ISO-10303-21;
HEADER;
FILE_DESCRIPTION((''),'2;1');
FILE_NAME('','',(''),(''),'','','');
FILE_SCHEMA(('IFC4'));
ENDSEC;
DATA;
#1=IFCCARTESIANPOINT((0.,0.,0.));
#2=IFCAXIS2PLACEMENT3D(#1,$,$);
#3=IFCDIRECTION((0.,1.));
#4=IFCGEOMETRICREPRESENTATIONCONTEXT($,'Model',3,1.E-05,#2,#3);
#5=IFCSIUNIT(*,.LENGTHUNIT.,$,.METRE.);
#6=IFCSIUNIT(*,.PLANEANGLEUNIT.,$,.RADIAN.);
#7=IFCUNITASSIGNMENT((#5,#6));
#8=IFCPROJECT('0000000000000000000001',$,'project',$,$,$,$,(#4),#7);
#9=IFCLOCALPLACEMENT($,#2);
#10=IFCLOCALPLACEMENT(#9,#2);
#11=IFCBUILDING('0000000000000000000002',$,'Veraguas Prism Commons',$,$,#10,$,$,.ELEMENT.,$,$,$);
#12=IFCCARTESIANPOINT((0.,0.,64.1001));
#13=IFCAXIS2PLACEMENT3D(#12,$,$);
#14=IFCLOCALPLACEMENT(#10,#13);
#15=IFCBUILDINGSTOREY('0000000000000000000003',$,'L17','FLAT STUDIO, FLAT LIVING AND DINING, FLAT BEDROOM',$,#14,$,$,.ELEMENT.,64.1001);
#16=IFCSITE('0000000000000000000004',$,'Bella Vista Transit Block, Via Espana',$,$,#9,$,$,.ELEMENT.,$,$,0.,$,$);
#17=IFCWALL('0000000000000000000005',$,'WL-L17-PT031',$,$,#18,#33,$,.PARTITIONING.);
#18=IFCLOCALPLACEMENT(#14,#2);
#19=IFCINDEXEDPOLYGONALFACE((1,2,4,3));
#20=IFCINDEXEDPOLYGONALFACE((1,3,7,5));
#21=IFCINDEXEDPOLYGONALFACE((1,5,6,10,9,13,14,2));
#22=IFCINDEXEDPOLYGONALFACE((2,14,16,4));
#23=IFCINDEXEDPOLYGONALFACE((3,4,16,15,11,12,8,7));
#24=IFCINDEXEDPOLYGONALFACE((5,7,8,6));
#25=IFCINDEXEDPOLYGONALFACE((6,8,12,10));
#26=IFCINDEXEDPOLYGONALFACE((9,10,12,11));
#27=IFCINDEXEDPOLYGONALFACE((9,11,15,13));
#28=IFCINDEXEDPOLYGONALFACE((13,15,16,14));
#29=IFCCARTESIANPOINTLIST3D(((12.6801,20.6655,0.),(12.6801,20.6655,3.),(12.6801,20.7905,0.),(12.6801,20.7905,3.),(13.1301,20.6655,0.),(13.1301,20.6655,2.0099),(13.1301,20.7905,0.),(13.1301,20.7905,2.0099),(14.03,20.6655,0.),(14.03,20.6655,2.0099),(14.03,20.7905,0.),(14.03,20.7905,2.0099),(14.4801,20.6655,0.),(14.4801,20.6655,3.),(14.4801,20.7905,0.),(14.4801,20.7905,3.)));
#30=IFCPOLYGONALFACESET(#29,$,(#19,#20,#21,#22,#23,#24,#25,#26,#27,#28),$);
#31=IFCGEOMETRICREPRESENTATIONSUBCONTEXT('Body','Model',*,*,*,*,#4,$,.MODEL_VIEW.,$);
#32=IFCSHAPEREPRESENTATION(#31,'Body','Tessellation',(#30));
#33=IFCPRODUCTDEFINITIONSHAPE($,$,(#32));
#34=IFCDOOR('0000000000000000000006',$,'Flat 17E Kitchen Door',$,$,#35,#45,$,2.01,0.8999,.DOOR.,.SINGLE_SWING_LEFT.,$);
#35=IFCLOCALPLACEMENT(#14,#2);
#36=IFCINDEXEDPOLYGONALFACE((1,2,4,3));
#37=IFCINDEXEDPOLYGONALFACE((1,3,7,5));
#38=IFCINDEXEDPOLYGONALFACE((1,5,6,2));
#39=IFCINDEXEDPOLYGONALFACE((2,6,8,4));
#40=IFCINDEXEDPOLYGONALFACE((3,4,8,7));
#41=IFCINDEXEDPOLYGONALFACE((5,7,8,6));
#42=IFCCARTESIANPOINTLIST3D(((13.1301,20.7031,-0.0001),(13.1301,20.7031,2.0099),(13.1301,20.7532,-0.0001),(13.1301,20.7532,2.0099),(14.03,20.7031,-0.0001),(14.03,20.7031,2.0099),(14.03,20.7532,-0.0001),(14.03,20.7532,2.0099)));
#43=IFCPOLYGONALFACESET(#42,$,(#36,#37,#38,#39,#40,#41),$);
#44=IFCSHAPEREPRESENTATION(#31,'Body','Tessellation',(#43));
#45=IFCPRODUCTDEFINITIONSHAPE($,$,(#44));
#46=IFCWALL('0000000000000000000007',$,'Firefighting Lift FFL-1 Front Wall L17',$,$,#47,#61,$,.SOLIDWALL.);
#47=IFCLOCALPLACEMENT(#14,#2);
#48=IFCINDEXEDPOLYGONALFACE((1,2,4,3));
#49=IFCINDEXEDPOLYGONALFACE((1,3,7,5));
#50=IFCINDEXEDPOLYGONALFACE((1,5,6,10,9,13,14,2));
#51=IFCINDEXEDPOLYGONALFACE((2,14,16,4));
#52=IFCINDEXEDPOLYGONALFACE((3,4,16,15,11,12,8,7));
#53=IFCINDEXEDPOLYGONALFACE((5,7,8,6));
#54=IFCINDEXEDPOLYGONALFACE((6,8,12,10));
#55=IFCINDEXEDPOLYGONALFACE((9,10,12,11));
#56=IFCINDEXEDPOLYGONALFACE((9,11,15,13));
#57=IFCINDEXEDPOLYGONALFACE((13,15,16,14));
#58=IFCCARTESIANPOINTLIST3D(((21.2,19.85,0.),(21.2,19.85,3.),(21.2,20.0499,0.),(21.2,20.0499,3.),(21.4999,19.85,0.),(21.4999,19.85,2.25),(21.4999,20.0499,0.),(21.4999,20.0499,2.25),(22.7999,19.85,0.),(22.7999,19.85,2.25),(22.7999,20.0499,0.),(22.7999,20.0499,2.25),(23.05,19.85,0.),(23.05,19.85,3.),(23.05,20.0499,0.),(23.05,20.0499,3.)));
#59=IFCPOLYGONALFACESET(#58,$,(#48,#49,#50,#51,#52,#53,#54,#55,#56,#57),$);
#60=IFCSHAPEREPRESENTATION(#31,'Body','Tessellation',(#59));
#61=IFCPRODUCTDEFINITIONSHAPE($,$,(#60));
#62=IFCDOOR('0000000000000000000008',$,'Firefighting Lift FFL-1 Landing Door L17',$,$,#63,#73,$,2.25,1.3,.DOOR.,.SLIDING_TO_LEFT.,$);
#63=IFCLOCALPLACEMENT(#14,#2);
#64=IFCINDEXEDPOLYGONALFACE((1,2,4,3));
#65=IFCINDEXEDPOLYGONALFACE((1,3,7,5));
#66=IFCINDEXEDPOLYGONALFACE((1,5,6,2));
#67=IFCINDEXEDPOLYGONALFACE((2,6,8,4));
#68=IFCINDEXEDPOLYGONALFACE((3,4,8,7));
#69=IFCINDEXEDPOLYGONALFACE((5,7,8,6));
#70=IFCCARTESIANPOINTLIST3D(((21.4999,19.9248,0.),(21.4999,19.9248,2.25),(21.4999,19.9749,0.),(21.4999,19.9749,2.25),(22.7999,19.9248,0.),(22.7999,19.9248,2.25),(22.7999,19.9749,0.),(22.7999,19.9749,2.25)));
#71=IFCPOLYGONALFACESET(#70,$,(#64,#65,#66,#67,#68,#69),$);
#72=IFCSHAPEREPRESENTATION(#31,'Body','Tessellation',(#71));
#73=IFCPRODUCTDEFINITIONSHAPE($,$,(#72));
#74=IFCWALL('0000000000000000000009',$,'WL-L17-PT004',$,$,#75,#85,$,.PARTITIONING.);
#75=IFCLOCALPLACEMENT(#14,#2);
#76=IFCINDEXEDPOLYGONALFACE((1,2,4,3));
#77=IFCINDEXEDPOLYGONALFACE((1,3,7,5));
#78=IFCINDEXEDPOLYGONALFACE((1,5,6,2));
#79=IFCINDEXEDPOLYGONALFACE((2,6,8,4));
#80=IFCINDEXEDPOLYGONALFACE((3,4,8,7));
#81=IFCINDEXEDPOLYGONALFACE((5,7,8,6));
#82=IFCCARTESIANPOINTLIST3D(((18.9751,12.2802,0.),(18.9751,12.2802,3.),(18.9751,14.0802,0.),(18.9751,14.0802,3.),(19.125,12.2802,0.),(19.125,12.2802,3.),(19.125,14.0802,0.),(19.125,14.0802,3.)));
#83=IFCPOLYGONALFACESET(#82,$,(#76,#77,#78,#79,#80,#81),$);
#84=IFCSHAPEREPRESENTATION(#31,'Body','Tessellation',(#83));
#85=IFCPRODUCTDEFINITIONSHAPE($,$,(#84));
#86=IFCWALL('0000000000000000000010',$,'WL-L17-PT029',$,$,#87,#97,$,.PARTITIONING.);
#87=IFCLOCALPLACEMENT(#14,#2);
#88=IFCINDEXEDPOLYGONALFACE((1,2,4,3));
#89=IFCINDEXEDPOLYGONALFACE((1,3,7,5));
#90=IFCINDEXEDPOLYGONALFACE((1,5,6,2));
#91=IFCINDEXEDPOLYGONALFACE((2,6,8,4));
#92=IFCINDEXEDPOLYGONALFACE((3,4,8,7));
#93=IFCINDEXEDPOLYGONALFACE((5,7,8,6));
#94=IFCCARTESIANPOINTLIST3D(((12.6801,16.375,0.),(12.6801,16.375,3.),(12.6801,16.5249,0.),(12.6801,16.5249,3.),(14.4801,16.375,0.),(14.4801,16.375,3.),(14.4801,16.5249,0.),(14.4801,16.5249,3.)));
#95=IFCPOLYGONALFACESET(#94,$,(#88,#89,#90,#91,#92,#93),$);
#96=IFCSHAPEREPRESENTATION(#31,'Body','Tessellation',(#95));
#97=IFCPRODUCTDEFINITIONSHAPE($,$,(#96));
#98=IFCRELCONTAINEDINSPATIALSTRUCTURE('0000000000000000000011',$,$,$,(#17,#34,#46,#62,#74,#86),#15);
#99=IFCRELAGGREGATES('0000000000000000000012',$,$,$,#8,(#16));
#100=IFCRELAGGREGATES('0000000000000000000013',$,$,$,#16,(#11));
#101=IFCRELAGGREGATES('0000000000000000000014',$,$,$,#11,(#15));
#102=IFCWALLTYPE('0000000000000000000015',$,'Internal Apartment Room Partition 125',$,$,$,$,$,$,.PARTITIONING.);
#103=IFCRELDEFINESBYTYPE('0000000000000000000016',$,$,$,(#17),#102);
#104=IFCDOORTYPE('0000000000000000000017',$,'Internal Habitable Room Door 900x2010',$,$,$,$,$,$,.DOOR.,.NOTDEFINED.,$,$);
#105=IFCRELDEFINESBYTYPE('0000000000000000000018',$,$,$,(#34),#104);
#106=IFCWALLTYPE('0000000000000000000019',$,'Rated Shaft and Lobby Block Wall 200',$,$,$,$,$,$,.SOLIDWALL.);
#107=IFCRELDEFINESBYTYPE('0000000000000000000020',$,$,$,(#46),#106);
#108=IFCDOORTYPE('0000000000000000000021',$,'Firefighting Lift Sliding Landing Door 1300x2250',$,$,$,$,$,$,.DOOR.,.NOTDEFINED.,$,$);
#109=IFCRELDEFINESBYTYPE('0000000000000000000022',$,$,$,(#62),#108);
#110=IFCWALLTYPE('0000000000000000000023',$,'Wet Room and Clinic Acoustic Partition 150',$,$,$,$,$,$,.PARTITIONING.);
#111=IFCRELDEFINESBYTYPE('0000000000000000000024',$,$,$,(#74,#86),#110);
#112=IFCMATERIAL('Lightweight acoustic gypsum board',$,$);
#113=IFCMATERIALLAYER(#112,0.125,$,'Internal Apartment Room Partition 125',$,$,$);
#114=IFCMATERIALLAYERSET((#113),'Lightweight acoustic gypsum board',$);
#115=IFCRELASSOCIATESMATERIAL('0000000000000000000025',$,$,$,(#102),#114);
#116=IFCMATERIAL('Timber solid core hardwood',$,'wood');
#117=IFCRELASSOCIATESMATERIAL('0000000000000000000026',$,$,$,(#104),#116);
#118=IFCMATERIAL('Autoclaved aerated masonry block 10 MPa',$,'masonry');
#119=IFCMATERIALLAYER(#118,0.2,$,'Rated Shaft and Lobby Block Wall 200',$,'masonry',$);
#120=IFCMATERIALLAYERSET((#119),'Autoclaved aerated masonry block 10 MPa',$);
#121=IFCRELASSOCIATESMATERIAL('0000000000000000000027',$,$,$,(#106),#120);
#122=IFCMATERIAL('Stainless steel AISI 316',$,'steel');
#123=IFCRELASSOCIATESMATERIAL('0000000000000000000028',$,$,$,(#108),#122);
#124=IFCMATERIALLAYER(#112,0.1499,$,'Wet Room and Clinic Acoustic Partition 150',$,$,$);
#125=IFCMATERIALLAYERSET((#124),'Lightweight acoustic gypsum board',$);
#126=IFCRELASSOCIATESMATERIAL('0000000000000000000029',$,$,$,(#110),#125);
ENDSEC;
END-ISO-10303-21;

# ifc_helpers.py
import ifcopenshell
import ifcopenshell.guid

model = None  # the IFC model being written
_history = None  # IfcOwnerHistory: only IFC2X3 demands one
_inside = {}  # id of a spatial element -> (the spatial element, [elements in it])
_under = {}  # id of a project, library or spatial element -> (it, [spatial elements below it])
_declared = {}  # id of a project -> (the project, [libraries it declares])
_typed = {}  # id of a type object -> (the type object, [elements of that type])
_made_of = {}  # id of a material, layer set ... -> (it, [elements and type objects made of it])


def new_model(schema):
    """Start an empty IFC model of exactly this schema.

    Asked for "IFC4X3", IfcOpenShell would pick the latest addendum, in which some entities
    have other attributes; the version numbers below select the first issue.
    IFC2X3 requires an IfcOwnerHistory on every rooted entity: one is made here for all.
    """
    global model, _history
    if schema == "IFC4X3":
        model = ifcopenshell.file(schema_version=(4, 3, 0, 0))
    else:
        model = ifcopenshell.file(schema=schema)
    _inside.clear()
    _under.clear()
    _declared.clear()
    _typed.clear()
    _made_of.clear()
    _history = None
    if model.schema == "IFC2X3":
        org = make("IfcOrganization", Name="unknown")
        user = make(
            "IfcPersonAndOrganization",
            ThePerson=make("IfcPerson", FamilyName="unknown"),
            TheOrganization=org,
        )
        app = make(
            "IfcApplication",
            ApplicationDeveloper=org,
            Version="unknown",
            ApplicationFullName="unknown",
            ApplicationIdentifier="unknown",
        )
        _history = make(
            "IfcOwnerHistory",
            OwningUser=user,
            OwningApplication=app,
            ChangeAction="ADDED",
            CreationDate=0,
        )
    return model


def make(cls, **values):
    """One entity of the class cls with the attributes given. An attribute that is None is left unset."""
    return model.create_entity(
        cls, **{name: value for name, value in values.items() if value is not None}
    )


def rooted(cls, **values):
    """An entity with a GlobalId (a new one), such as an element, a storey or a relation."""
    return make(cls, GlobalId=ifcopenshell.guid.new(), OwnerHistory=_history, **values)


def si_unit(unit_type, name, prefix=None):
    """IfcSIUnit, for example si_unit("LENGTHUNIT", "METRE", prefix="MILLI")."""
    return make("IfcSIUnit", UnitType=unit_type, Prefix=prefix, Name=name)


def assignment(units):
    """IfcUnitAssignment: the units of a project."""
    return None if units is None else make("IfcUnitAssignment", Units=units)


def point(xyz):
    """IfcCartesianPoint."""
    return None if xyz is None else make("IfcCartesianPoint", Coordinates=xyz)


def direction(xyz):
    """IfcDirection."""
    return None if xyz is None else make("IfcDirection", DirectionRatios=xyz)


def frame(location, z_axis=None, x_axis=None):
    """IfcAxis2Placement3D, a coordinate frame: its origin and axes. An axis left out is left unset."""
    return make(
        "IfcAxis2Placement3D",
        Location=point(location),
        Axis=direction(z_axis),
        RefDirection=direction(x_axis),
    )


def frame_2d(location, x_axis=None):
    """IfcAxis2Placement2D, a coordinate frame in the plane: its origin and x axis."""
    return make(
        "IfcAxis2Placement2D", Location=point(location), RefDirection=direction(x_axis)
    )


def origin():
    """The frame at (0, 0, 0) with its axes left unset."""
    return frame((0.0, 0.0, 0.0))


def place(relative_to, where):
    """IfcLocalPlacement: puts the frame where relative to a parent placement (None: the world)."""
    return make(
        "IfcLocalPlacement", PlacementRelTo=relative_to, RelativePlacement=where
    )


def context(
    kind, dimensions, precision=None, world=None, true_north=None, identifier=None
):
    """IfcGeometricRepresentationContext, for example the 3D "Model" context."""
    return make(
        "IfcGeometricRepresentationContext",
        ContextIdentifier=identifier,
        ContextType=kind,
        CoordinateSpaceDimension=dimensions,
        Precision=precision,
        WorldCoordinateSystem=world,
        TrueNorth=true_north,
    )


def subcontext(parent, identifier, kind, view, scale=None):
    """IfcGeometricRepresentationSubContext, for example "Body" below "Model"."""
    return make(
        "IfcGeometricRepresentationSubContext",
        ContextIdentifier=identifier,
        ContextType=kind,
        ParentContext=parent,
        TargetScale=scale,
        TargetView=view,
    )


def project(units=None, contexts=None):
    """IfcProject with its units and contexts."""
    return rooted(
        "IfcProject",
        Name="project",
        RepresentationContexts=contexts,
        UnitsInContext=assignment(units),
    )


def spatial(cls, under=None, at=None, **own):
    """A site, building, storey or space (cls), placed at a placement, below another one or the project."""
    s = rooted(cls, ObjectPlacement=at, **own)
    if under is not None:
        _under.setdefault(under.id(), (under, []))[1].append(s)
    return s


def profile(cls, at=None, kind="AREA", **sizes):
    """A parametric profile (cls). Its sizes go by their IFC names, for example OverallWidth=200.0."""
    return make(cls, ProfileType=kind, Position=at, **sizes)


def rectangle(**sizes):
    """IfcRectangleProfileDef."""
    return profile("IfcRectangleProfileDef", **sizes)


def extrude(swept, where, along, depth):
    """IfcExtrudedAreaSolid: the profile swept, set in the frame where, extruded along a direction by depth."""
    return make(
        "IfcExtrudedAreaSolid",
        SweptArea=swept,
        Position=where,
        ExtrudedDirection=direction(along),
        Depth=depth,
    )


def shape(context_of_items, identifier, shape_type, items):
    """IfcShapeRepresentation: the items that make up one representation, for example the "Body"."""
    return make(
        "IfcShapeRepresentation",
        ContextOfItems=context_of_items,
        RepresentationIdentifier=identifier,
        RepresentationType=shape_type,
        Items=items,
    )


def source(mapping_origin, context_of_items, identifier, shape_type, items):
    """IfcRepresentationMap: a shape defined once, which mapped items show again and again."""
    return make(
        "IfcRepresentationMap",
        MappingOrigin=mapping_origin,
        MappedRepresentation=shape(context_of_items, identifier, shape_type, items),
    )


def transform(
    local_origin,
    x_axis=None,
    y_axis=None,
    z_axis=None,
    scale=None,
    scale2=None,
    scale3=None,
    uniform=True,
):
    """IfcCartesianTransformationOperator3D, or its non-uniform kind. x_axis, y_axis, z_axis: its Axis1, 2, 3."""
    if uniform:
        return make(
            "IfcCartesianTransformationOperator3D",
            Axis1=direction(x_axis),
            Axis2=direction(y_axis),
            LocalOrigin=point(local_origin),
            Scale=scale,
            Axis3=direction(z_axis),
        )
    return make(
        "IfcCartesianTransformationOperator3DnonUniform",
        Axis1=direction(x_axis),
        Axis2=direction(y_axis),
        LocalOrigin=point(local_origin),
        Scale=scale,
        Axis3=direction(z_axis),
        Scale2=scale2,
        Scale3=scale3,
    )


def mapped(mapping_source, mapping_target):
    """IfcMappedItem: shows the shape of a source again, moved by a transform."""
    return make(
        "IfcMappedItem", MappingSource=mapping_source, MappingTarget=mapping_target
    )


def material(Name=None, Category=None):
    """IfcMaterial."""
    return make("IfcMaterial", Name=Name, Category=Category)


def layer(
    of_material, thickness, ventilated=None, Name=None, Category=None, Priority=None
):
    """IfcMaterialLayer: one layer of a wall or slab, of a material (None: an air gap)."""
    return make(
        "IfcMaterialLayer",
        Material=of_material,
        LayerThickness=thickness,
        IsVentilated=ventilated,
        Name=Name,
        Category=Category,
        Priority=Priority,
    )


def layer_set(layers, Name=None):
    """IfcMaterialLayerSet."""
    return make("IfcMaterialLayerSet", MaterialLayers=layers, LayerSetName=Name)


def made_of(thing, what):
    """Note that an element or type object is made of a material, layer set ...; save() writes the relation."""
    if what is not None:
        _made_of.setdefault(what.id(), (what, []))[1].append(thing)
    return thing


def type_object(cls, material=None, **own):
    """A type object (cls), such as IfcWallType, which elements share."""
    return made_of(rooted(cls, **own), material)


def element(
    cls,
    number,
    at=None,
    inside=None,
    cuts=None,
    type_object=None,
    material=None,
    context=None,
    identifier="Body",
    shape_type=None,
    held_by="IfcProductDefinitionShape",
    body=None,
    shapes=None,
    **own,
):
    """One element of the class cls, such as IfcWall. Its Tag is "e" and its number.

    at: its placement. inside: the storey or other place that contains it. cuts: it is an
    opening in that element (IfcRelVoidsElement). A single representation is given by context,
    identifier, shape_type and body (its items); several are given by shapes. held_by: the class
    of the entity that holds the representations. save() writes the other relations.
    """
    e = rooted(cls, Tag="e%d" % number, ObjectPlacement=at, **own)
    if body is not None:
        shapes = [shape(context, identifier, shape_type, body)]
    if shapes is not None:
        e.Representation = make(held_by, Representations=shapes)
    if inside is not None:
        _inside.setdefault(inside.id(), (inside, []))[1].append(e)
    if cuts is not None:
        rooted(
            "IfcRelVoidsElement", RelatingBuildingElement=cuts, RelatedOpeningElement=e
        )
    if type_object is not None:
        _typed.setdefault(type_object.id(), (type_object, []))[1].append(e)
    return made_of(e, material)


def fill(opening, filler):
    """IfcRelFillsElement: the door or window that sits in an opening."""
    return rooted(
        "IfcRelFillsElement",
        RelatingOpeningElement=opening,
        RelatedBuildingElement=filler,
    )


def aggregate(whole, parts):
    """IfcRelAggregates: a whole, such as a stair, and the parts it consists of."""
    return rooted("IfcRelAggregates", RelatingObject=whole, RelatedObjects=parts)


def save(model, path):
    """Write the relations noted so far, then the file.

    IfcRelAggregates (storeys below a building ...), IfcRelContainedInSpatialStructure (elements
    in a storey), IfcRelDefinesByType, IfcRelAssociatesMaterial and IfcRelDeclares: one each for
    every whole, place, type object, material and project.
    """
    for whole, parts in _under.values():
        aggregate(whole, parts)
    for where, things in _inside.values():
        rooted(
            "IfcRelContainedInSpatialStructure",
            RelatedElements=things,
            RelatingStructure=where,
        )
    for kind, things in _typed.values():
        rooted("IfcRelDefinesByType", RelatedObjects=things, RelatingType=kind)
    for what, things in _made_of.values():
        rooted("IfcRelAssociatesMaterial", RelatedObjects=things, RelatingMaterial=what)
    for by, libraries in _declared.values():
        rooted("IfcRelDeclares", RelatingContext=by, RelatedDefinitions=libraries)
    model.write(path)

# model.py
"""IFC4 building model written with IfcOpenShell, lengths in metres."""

from ifc_helpers import new_model, si_unit, direction, frame, frame_2d, origin, place, context, subcontext, project, spatial, rectangle, extrude, source, transform, mapped, material, layer, layer_set, type_object, element, fill, save


model = new_model("IFC4")

# Units and contexts
model_context = context("Model", 3, precision=1e-05, world=origin(), true_north=direction((0.0, 1.0)))
body_context = subcontext(model_context, "Body", "Model", "MODEL_VIEW")
ifc_project = project(units=[si_unit("LENGTHUNIT", "METRE"), si_unit("PLANEANGLEUNIT", "RADIAN")], contexts=[model_context])

# Site, building, storey
site_placement = place(None, origin())
site = spatial("IfcSite", under=ifc_project, at=site_placement, Name="Bella Vista Transit Block, Via Espana", CompositionType="ELEMENT", RefElevation=0.0)
building_placement = place(site_placement, origin())
building = spatial("IfcBuilding", under=site, at=building_placement, Name="Veraguas Prism Commons", CompositionType="ELEMENT")
storey_placement = place(building_placement, frame((0.0, 0.0, 64.1001)))
storey = spatial("IfcBuildingStorey", under=building, at=storey_placement, Name="L17", Description="FLAT STUDIO, FLAT LIVING AND DINING, FLAT BEDROOM", CompositionType="ELEMENT", Elevation=64.1001)

# Shared definitions
ifc_material_1 = material(Name="Autoclaved aerated masonry block 10 MPa", Category="masonry")

# Walls, openings, doors
ifc_material_2 = material(Name="Lightweight acoustic gypsum board")
ifc_layer_1 = layer(ifc_material_2, 0.125, Name="Internal Apartment Room Partition 125")
ifc_layer_set_1 = layer_set([ifc_layer_1], Name="Lightweight acoustic gypsum board")
wall_type_1 = type_object("IfcWallType", Name="Internal Apartment Room Partition 125", PredefinedType="PARTITIONING", material=ifc_layer_set_1)
wall_1_placement = place(storey_placement, frame((14.48, 20.728, 0.0), z_axis=(0.0, 0.0, 1.0), x_axis=(-1.0, 0.0, 0.0)))
wall_1 = element("IfcWall", 1, at=wall_1_placement, inside=storey, type_object=wall_type_1, Name="WL-L17-PT031", PredefinedType="PARTITIONING", context=body_context, shape_type="SweptSolid", body=[
    extrude(rectangle(XDim=1.8, YDim=0.125, at=frame_2d((0.8999, 0.0))), origin(), (0.0, 0.0, 1.0), 3.0),
])
opening_1_placement = place(wall_1_placement, frame((0.45, 0.0, 0.0)))
opening_1 = element("IfcOpeningElement", 2, at=opening_1_placement, cuts=wall_1, PredefinedType="OPENING", context=body_context, shape_type="SweptSolid", body=[
    extrude(rectangle(XDim=0.8999, YDim=2.01, at=frame_2d((0.45, 1.0049))), frame((0.0, 0.0725, 0.0), z_axis=(0.0, -1.0, 0.0), x_axis=(1.0, 0.0, 0.0)), (0.0, 0.0, 1.0), 0.145),
])
ifc_material_3 = material(Name="Timber solid core hardwood", Category="wood")
door_type_1 = type_object("IfcDoorType", Name="Internal Habitable Room Door 900x2010", OperationType="NOTDEFINED", PredefinedType="DOOR", material=ifc_material_3)
shared_shape_1 = source(origin(), body_context, "Body", "SweptSolid", [
    extrude(rectangle(XDim=0.8999, YDim=2.01, at=frame_2d((0.45, 1.0049))), frame((0.0, 0.0249, 0.0), z_axis=(0.0, -1.0, 0.0), x_axis=(1.0, 0.0, 0.0)), (0.0, 0.0, 1.0), 0.05),
])
door_1_placement = place(opening_1_placement, origin())
door_1 = element("IfcDoor", 3, at=door_1_placement, inside=storey, type_object=door_type_1, Name="Flat 17E Kitchen Door", OperationType="SINGLE_SWING_LEFT", OverallHeight=2.01, OverallWidth=0.8999, PredefinedType="DOOR", context=body_context, shape_type="MappedRepresentation", body=[
    mapped(shared_shape_1, transform((0.0, 0.0, 0.0), scale=1.0)),
])
fill(opening_1, door_1)
ifc_layer_2 = layer(ifc_material_1, 0.2, Name="Rated Shaft and Lobby Block Wall 200", Category="masonry")
ifc_layer_set_2 = layer_set([ifc_layer_2], Name="Autoclaved aerated masonry block 10 MPa")
wall_type_2 = type_object("IfcWallType", Name="Rated Shaft and Lobby Block Wall 200", PredefinedType="SOLIDWALL", material=ifc_layer_set_2)
wall_2_placement = place(storey_placement, frame((21.2, 19.95, 0.0), z_axis=(0.0, 0.0, 1.0), x_axis=(1.0, 0.0, 0.0)))
wall_2 = element("IfcWall", 4, at=wall_2_placement, inside=storey, type_object=wall_type_2, Name="Firefighting Lift FFL-1 Front Wall L17", PredefinedType="SOLIDWALL", context=body_context, shape_type="SweptSolid", body=[
    extrude(rectangle(XDim=1.8501, YDim=0.2, at=frame_2d((0.925, 0.0))), origin(), (0.0, 0.0, 1.0), 3.0),
])
opening_2_placement = place(wall_2_placement, frame((0.3, 0.0, 0.0)))
opening_2 = element("IfcOpeningElement", 5, at=opening_2_placement, cuts=wall_2, PredefinedType="OPENING", context=body_context, shape_type="SweptSolid", body=[
    extrude(rectangle(XDim=1.3, YDim=2.25, at=frame_2d((0.6499, 1.125))), frame((0.0, 0.1099, 0.0), z_axis=(0.0, -1.0, 0.0), x_axis=(1.0, 0.0, 0.0)), (0.0, 0.0, 1.0), 0.22),
])
ifc_material_4 = material(Name="Stainless steel AISI 316", Category="steel")
door_type_2 = type_object("IfcDoorType", Name="Firefighting Lift Sliding Landing Door 1300x2250", OperationType="NOTDEFINED", PredefinedType="DOOR", material=ifc_material_4)
shared_shape_2 = source(origin(), body_context, "Body", "SweptSolid", [
    extrude(rectangle(XDim=1.3, YDim=2.25, at=frame_2d((0.6499, 1.125))), frame((0.0, 0.0249, 0.0), z_axis=(0.0, -1.0, 0.0), x_axis=(1.0, 0.0, 0.0)), (0.0, 0.0, 1.0), 0.05),
])
door_2_placement = place(opening_2_placement, origin())
door_2 = element("IfcDoor", 6, at=door_2_placement, inside=storey, type_object=door_type_2, Name="Firefighting Lift FFL-1 Landing Door L17", OperationType="SLIDING_TO_LEFT", OverallHeight=2.25, OverallWidth=1.3, PredefinedType="DOOR", context=body_context, shape_type="MappedRepresentation", body=[
    mapped(shared_shape_2, transform((0.0, 0.0, 0.0), scale=1.0)),
])
fill(opening_2, door_2)

# Walls
ifc_layer_3 = layer(ifc_material_2, 0.1499, Name="Wet Room and Clinic Acoustic Partition 150")
ifc_layer_set_3 = layer_set([ifc_layer_3], Name="Lightweight acoustic gypsum board")
wall_type_3 = type_object("IfcWallType", Name="Wet Room and Clinic Acoustic Partition 150", PredefinedType="PARTITIONING", material=ifc_layer_set_3)
for number, where, z_axis, x_axis, name in (
    (7, (19.05, 14.0801, 0.0), (0.0, 0.0, 1.0), (0.0, -1.0, 0.0), "WL-L17-PT004"),
    (8, (14.48, 16.45, 0.0), (0.0, 0.0, 1.0), (-1.0, 0.0, 0.0), "WL-L17-PT029"),
):
    element("IfcWall", number, at=place(storey_placement, frame(where, z_axis=z_axis, x_axis=x_axis)), inside=storey, type_object=wall_type_3, Name=name, PredefinedType="PARTITIONING", context=body_context, shape_type="SweptSolid", body=[
        extrude(rectangle(XDim=1.8, YDim=0.1499, at=frame_2d((0.8999, 0.0))), origin(), (0.0, 0.0, 1.0), 3.0),
    ])

save(model, "model.ifc")
